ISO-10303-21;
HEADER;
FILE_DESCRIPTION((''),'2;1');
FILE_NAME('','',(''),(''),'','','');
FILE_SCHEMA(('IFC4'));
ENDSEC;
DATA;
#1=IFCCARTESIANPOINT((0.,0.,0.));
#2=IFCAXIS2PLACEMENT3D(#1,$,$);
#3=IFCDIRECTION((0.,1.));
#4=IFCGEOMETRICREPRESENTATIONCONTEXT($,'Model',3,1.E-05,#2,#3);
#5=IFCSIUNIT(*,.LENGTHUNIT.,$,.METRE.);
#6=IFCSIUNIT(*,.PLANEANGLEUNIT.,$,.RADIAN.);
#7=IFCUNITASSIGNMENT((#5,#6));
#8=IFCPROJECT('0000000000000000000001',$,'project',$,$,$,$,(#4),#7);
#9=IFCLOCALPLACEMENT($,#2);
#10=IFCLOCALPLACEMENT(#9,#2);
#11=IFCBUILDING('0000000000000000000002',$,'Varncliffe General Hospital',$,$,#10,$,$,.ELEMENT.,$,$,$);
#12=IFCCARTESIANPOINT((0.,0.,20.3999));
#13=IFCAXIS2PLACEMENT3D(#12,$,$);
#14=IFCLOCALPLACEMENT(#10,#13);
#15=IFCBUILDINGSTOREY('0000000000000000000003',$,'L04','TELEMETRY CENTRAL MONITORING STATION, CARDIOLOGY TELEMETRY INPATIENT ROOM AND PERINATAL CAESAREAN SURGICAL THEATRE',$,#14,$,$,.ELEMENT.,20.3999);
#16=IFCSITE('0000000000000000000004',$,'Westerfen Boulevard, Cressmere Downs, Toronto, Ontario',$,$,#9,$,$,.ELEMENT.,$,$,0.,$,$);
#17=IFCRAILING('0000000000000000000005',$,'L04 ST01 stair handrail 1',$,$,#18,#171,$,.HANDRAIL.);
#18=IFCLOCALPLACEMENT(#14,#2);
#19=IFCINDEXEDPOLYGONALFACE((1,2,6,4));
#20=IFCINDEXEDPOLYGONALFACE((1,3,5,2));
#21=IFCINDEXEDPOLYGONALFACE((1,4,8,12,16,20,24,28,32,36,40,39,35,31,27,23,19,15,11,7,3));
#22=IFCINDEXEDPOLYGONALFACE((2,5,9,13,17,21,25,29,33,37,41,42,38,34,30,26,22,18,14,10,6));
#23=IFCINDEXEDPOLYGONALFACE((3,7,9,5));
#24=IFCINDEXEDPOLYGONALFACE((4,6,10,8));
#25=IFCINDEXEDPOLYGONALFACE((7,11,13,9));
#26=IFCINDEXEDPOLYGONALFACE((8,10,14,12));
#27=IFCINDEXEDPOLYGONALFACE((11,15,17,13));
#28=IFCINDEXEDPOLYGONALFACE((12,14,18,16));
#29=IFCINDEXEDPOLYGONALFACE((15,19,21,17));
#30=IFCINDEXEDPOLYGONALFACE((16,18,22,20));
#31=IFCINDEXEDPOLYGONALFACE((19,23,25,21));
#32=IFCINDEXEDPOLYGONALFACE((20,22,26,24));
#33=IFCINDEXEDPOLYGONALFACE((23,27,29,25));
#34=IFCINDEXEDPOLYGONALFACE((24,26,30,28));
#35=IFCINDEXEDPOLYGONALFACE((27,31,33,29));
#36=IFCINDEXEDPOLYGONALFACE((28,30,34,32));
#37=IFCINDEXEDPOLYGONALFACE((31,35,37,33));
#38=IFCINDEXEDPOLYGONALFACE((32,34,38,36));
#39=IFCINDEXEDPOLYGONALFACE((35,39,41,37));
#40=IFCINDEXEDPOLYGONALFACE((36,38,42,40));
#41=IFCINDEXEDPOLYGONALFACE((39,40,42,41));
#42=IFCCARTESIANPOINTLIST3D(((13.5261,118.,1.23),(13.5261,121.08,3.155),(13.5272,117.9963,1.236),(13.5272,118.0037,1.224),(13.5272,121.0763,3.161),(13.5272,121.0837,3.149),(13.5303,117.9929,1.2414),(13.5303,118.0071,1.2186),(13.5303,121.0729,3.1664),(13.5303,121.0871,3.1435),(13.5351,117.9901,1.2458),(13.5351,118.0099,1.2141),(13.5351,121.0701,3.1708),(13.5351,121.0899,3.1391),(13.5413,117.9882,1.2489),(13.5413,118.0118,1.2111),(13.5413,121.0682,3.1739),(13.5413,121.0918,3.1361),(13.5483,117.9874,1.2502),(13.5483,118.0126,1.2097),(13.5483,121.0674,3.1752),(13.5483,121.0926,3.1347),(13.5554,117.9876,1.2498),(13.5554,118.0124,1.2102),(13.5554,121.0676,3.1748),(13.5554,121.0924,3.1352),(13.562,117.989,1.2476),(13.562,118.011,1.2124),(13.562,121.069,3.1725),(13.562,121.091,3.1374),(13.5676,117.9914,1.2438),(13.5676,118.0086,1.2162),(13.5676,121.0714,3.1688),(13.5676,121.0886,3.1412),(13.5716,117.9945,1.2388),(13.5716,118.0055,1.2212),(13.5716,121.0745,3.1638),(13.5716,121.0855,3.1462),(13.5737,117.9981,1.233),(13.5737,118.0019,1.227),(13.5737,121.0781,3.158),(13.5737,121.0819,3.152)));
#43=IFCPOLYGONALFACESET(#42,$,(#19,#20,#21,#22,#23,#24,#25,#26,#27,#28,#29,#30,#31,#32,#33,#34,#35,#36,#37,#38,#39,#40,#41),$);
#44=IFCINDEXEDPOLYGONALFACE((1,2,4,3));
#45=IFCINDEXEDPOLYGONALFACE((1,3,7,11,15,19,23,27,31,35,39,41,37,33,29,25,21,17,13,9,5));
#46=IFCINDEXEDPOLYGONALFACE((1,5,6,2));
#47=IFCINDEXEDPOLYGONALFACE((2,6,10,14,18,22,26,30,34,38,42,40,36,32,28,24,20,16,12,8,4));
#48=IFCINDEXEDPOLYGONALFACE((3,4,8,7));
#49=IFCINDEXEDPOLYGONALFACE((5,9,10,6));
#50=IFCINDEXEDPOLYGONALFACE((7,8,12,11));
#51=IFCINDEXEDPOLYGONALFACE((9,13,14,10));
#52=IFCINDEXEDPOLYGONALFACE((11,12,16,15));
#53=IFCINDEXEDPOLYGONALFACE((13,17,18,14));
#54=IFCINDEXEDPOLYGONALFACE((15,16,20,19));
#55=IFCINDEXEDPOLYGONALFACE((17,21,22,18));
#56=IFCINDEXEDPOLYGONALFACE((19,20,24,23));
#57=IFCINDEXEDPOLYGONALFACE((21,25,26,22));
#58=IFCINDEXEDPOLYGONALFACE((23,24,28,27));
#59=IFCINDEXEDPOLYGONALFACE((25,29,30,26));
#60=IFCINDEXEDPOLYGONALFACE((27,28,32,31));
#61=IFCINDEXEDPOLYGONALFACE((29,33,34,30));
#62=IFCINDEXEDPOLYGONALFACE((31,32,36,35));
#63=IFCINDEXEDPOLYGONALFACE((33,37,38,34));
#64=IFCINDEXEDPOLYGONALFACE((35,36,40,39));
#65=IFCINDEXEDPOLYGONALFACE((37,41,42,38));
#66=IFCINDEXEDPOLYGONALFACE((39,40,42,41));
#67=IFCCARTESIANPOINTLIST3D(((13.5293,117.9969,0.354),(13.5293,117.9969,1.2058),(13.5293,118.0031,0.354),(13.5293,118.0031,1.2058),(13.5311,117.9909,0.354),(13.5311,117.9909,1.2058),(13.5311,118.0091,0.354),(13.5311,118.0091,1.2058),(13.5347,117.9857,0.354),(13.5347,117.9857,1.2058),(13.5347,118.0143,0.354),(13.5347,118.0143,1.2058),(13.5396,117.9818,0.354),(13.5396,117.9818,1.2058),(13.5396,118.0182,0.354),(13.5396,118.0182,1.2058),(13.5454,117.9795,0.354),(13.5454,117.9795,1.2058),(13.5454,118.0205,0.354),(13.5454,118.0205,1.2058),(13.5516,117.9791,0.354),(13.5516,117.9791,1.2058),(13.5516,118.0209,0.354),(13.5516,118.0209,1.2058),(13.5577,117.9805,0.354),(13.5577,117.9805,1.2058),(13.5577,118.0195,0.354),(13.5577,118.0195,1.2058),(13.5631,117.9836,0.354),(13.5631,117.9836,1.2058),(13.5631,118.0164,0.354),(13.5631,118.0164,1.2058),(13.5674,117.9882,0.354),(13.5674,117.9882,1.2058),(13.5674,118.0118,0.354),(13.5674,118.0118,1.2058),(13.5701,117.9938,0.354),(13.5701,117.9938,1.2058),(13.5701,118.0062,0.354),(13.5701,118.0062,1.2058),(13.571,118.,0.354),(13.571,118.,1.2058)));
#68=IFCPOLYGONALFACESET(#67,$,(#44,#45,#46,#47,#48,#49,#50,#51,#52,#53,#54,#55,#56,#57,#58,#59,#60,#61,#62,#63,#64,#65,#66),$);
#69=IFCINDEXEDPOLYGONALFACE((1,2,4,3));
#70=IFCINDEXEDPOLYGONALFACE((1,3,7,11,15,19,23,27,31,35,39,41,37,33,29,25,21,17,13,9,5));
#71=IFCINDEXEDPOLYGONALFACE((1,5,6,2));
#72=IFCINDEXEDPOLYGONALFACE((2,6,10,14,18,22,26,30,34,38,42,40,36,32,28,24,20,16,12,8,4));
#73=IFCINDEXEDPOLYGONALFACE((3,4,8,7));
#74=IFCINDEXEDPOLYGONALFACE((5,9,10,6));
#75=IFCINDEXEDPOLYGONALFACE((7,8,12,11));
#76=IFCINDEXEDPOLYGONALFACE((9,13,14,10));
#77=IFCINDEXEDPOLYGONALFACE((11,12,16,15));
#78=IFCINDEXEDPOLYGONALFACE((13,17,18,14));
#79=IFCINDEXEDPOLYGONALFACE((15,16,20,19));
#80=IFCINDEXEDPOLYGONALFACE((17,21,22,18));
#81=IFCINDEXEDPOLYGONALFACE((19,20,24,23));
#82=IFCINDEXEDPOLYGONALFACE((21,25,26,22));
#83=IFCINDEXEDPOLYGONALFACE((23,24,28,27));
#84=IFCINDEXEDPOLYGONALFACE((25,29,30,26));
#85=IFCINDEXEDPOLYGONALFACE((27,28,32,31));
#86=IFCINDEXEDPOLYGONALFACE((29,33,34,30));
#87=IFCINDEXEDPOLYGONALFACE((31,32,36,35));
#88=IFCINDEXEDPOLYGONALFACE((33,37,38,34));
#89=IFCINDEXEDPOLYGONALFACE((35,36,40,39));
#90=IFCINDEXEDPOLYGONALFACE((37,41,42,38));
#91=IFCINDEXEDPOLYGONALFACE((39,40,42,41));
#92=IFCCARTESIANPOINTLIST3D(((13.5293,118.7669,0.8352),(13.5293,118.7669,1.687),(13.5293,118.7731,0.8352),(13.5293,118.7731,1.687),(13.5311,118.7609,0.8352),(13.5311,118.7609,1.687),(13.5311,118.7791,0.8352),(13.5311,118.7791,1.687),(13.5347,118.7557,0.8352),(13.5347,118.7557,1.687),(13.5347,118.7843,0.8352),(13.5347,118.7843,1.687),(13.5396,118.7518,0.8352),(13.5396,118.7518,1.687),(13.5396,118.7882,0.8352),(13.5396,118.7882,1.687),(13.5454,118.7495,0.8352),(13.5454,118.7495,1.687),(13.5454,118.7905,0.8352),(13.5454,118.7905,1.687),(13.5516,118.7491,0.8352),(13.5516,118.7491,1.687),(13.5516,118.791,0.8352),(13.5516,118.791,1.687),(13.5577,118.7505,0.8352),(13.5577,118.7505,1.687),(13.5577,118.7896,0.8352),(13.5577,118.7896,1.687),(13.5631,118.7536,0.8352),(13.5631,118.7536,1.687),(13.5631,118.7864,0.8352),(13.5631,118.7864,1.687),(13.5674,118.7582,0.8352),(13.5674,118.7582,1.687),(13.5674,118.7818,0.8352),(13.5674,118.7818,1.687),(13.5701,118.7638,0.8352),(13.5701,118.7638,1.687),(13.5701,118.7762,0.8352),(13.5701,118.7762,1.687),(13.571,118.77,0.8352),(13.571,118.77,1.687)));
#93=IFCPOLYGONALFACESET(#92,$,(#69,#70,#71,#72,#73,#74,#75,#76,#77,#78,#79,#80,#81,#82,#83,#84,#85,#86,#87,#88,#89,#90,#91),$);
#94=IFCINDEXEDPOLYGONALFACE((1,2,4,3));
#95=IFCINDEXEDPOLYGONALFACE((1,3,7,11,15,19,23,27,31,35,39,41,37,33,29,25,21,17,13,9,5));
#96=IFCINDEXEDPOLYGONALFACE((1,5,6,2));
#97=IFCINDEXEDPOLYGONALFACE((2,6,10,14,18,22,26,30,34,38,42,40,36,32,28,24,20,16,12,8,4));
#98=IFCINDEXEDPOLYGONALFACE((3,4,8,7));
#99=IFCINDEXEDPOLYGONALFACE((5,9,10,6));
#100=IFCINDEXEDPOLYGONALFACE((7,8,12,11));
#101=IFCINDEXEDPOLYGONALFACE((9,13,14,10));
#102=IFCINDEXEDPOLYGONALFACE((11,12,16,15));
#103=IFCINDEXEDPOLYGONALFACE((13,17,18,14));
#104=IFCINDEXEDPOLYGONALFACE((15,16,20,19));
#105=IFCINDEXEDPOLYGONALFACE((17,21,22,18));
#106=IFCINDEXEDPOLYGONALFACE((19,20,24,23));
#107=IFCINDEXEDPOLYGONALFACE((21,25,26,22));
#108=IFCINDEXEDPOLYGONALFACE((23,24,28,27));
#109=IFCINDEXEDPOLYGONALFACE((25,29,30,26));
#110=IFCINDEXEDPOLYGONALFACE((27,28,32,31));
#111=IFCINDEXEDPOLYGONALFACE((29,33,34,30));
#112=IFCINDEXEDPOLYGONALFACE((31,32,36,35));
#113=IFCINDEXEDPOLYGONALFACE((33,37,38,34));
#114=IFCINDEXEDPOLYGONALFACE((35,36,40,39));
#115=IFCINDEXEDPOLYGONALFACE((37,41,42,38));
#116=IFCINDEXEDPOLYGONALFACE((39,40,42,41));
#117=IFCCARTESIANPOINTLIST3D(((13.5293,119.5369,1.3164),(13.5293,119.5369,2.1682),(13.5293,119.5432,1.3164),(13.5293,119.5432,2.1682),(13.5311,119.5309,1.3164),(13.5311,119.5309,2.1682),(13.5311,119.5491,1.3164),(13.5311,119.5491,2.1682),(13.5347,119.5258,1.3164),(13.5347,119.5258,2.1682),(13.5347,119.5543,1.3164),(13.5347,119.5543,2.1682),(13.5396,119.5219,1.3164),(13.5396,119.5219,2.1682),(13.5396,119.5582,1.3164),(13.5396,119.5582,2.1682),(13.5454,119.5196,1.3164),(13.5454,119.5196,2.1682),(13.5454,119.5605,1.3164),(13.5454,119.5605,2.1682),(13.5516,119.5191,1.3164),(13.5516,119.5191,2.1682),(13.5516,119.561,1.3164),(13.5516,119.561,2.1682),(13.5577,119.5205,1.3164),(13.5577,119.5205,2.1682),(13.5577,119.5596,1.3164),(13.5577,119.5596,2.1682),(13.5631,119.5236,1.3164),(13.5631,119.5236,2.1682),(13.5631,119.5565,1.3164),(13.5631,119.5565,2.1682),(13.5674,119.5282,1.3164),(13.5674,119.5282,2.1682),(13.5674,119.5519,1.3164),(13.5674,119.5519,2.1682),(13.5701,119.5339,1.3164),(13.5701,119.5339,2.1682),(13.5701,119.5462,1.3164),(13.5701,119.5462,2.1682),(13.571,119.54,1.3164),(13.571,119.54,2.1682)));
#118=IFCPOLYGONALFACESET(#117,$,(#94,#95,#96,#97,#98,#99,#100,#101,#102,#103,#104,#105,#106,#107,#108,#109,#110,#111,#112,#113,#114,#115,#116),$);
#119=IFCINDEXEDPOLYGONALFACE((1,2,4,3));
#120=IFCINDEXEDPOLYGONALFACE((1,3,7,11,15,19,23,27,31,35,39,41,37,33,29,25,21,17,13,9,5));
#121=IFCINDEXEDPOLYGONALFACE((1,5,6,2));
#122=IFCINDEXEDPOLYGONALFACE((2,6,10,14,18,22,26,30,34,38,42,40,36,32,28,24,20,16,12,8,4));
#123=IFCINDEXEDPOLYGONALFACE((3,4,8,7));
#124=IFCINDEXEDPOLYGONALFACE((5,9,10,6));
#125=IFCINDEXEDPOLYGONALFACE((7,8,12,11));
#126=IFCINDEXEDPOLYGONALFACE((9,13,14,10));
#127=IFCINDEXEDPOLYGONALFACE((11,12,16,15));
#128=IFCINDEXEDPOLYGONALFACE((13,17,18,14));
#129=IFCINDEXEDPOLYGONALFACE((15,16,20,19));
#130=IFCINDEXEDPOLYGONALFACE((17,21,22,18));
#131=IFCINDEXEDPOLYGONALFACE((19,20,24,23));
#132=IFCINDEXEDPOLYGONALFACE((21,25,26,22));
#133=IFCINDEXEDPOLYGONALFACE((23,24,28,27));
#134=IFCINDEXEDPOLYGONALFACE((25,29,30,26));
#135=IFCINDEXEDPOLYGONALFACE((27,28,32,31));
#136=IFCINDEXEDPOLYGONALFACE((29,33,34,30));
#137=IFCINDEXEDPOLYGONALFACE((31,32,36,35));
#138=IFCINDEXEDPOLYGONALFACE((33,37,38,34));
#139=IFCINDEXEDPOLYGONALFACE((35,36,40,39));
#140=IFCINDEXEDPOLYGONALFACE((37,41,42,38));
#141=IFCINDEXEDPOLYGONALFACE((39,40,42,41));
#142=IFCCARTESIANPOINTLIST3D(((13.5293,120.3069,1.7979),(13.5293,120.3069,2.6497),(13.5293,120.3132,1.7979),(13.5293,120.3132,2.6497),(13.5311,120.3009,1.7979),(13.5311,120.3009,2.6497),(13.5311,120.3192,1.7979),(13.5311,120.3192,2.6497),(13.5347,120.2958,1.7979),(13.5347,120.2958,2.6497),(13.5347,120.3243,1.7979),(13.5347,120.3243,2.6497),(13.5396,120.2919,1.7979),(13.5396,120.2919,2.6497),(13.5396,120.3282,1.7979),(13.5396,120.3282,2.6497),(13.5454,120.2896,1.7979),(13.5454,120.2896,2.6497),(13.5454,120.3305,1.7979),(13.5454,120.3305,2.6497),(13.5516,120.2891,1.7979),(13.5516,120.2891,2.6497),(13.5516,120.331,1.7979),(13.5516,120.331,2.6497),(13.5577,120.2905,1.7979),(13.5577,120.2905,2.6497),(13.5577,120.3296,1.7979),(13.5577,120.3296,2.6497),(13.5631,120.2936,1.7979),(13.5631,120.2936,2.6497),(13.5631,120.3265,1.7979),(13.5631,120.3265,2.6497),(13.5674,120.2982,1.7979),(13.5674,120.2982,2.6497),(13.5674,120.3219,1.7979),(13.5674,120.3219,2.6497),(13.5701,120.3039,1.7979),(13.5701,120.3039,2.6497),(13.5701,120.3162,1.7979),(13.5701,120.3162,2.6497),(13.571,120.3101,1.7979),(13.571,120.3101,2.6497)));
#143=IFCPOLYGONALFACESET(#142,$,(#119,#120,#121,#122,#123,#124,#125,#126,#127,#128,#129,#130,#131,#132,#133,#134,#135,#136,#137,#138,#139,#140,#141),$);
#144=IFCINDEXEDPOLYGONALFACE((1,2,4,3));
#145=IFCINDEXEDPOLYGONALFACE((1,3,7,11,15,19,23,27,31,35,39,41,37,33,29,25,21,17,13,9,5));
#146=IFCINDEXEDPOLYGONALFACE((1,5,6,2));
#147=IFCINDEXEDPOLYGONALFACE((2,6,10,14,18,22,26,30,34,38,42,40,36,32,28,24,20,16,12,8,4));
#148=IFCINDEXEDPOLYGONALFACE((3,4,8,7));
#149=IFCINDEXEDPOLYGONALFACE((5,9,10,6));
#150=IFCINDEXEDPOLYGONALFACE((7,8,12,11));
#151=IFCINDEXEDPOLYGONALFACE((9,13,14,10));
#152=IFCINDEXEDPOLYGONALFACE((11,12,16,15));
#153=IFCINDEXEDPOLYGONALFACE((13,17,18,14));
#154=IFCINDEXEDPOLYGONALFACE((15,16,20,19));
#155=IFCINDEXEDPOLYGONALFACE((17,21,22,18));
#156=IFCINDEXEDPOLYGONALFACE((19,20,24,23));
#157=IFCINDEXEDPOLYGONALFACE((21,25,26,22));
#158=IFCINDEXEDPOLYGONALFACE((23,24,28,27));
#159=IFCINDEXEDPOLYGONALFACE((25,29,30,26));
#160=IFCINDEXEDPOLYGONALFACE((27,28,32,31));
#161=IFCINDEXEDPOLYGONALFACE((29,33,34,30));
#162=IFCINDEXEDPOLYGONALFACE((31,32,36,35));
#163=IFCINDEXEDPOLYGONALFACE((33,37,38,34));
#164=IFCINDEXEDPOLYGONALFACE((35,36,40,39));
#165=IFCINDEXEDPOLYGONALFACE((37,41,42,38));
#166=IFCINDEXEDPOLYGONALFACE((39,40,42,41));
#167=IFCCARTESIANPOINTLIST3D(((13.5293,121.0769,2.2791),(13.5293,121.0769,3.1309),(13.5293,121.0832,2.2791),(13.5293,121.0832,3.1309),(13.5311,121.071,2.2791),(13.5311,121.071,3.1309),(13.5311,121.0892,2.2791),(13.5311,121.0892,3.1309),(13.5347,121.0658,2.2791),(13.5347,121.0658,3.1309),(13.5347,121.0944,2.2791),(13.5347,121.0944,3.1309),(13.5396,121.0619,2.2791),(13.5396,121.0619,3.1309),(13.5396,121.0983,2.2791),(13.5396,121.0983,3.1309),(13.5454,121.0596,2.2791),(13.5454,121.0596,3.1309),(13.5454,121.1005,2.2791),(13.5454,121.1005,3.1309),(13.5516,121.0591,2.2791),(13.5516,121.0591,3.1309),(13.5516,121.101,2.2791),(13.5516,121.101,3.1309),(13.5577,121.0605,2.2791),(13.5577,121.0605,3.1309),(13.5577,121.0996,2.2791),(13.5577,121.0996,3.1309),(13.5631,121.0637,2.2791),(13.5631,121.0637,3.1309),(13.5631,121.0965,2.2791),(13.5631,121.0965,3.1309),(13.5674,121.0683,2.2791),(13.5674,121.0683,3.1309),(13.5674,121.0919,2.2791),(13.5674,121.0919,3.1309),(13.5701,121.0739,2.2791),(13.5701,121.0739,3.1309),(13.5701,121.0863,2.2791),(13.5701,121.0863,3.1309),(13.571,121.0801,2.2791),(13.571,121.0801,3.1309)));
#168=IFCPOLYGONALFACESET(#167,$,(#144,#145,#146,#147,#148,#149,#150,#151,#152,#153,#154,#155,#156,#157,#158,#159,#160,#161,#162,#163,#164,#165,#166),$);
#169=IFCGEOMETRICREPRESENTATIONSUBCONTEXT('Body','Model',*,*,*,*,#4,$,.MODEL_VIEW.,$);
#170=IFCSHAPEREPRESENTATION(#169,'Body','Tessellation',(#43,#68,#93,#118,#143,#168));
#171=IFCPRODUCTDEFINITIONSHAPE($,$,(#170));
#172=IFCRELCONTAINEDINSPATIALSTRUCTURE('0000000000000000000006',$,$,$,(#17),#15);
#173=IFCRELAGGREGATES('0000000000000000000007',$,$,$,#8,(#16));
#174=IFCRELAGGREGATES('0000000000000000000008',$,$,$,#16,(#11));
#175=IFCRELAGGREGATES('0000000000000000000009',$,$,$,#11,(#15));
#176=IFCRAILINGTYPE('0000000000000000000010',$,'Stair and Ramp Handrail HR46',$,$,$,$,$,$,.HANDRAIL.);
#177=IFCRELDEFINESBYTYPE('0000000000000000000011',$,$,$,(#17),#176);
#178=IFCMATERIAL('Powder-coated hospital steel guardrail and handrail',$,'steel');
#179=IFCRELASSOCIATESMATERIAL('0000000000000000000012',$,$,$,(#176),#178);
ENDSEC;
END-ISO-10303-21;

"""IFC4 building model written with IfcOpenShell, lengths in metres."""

from ifc_helpers import new_model, si_unit, direction, frame, origin, origin_2d, place, context, subcontext, project, spatial, circle, extrude, material, type_object, element, save


model = new_model("IFC4")

# Units and contexts
model_context = context("Model", 3, precision=1e-05, world=origin(), true_north=direction((0.0, 1.0)))
body_context = subcontext(model_context, "Body", "Model", "MODEL_VIEW")
ifc_project = project(units=[si_unit("LENGTHUNIT", "METRE"), si_unit("PLANEANGLEUNIT", "RADIAN")], contexts=[model_context])

# Site, building, storey
site_placement = place(None, origin())
site = spatial("IfcSite", under=ifc_project, at=site_placement, Name="Westerfen Boulevard, Cressmere Downs, Toronto, Ontario", CompositionType="ELEMENT", RefElevation=0.0)
building_placement = place(site_placement, origin())
building = spatial("IfcBuilding", under=site, at=building_placement, Name="Varncliffe General Hospital", CompositionType="ELEMENT")
storey_placement = place(building_placement, frame((0.0, 0.0, 20.3999)))
storey = spatial("IfcBuildingStorey", under=building, at=storey_placement, Name="L04", Description="TELEMETRY CENTRAL MONITORING STATION, CARDIOLOGY TELEMETRY INPATIENT ROOM AND PERINATAL CAESAREAN SURGICAL THEATRE", CompositionType="ELEMENT", Elevation=20.3999)

# Railing
ifc_material_1 = material(Name="Powder-coated hospital steel guardrail and handrail", Category="steel")
railing_type_1 = type_object("IfcRailingType", Name="Stair and Ramp Handrail HR46", PredefinedType="HANDRAIL", material=ifc_material_1)
railing_1_placement = place(storey_placement, frame((13.55, 118.0, 0.354)))
element("IfcRailing", 1, at=railing_1_placement, inside=storey, type_object=railing_type_1, Name="L04 ST01 stair handrail 1", PredefinedType="HANDRAIL", context=body_context, shape_type="SweptSolid", body=[
    extrude(circle(Radius=0.0239, at=origin_2d()), frame((0.0, 0.0, 0.876), z_axis=(0.0, 0.847998, 0.529999), x_axis=(-1.0, 0.0, 0.0)), (0.0, 0.0, 1.0), 3.6321),
    extrude(circle(Radius=0.021, at=origin_2d()), origin(), (0.0, 0.0, 1.0), 0.8518),
    extrude(circle(Radius=0.021, at=origin_2d()), frame((0.0, 0.77, 0.4812)), (0.0, 0.0, 1.0), 0.8518),
    extrude(circle(Radius=0.021, at=origin_2d()), frame((0.0, 1.54, 0.9624)), (0.0, 0.0, 1.0), 0.8518),
    extrude(circle(Radius=0.021, at=origin_2d()), frame((0.0, 2.3101, 1.4438)), (0.0, 0.0, 1.0), 0.8518),
    extrude(circle(Radius=0.021, at=origin_2d()), frame((0.0, 3.0801, 1.925)), (0.0, 0.0, 1.0), 0.8518),
])

save(model, "model.ifc")
